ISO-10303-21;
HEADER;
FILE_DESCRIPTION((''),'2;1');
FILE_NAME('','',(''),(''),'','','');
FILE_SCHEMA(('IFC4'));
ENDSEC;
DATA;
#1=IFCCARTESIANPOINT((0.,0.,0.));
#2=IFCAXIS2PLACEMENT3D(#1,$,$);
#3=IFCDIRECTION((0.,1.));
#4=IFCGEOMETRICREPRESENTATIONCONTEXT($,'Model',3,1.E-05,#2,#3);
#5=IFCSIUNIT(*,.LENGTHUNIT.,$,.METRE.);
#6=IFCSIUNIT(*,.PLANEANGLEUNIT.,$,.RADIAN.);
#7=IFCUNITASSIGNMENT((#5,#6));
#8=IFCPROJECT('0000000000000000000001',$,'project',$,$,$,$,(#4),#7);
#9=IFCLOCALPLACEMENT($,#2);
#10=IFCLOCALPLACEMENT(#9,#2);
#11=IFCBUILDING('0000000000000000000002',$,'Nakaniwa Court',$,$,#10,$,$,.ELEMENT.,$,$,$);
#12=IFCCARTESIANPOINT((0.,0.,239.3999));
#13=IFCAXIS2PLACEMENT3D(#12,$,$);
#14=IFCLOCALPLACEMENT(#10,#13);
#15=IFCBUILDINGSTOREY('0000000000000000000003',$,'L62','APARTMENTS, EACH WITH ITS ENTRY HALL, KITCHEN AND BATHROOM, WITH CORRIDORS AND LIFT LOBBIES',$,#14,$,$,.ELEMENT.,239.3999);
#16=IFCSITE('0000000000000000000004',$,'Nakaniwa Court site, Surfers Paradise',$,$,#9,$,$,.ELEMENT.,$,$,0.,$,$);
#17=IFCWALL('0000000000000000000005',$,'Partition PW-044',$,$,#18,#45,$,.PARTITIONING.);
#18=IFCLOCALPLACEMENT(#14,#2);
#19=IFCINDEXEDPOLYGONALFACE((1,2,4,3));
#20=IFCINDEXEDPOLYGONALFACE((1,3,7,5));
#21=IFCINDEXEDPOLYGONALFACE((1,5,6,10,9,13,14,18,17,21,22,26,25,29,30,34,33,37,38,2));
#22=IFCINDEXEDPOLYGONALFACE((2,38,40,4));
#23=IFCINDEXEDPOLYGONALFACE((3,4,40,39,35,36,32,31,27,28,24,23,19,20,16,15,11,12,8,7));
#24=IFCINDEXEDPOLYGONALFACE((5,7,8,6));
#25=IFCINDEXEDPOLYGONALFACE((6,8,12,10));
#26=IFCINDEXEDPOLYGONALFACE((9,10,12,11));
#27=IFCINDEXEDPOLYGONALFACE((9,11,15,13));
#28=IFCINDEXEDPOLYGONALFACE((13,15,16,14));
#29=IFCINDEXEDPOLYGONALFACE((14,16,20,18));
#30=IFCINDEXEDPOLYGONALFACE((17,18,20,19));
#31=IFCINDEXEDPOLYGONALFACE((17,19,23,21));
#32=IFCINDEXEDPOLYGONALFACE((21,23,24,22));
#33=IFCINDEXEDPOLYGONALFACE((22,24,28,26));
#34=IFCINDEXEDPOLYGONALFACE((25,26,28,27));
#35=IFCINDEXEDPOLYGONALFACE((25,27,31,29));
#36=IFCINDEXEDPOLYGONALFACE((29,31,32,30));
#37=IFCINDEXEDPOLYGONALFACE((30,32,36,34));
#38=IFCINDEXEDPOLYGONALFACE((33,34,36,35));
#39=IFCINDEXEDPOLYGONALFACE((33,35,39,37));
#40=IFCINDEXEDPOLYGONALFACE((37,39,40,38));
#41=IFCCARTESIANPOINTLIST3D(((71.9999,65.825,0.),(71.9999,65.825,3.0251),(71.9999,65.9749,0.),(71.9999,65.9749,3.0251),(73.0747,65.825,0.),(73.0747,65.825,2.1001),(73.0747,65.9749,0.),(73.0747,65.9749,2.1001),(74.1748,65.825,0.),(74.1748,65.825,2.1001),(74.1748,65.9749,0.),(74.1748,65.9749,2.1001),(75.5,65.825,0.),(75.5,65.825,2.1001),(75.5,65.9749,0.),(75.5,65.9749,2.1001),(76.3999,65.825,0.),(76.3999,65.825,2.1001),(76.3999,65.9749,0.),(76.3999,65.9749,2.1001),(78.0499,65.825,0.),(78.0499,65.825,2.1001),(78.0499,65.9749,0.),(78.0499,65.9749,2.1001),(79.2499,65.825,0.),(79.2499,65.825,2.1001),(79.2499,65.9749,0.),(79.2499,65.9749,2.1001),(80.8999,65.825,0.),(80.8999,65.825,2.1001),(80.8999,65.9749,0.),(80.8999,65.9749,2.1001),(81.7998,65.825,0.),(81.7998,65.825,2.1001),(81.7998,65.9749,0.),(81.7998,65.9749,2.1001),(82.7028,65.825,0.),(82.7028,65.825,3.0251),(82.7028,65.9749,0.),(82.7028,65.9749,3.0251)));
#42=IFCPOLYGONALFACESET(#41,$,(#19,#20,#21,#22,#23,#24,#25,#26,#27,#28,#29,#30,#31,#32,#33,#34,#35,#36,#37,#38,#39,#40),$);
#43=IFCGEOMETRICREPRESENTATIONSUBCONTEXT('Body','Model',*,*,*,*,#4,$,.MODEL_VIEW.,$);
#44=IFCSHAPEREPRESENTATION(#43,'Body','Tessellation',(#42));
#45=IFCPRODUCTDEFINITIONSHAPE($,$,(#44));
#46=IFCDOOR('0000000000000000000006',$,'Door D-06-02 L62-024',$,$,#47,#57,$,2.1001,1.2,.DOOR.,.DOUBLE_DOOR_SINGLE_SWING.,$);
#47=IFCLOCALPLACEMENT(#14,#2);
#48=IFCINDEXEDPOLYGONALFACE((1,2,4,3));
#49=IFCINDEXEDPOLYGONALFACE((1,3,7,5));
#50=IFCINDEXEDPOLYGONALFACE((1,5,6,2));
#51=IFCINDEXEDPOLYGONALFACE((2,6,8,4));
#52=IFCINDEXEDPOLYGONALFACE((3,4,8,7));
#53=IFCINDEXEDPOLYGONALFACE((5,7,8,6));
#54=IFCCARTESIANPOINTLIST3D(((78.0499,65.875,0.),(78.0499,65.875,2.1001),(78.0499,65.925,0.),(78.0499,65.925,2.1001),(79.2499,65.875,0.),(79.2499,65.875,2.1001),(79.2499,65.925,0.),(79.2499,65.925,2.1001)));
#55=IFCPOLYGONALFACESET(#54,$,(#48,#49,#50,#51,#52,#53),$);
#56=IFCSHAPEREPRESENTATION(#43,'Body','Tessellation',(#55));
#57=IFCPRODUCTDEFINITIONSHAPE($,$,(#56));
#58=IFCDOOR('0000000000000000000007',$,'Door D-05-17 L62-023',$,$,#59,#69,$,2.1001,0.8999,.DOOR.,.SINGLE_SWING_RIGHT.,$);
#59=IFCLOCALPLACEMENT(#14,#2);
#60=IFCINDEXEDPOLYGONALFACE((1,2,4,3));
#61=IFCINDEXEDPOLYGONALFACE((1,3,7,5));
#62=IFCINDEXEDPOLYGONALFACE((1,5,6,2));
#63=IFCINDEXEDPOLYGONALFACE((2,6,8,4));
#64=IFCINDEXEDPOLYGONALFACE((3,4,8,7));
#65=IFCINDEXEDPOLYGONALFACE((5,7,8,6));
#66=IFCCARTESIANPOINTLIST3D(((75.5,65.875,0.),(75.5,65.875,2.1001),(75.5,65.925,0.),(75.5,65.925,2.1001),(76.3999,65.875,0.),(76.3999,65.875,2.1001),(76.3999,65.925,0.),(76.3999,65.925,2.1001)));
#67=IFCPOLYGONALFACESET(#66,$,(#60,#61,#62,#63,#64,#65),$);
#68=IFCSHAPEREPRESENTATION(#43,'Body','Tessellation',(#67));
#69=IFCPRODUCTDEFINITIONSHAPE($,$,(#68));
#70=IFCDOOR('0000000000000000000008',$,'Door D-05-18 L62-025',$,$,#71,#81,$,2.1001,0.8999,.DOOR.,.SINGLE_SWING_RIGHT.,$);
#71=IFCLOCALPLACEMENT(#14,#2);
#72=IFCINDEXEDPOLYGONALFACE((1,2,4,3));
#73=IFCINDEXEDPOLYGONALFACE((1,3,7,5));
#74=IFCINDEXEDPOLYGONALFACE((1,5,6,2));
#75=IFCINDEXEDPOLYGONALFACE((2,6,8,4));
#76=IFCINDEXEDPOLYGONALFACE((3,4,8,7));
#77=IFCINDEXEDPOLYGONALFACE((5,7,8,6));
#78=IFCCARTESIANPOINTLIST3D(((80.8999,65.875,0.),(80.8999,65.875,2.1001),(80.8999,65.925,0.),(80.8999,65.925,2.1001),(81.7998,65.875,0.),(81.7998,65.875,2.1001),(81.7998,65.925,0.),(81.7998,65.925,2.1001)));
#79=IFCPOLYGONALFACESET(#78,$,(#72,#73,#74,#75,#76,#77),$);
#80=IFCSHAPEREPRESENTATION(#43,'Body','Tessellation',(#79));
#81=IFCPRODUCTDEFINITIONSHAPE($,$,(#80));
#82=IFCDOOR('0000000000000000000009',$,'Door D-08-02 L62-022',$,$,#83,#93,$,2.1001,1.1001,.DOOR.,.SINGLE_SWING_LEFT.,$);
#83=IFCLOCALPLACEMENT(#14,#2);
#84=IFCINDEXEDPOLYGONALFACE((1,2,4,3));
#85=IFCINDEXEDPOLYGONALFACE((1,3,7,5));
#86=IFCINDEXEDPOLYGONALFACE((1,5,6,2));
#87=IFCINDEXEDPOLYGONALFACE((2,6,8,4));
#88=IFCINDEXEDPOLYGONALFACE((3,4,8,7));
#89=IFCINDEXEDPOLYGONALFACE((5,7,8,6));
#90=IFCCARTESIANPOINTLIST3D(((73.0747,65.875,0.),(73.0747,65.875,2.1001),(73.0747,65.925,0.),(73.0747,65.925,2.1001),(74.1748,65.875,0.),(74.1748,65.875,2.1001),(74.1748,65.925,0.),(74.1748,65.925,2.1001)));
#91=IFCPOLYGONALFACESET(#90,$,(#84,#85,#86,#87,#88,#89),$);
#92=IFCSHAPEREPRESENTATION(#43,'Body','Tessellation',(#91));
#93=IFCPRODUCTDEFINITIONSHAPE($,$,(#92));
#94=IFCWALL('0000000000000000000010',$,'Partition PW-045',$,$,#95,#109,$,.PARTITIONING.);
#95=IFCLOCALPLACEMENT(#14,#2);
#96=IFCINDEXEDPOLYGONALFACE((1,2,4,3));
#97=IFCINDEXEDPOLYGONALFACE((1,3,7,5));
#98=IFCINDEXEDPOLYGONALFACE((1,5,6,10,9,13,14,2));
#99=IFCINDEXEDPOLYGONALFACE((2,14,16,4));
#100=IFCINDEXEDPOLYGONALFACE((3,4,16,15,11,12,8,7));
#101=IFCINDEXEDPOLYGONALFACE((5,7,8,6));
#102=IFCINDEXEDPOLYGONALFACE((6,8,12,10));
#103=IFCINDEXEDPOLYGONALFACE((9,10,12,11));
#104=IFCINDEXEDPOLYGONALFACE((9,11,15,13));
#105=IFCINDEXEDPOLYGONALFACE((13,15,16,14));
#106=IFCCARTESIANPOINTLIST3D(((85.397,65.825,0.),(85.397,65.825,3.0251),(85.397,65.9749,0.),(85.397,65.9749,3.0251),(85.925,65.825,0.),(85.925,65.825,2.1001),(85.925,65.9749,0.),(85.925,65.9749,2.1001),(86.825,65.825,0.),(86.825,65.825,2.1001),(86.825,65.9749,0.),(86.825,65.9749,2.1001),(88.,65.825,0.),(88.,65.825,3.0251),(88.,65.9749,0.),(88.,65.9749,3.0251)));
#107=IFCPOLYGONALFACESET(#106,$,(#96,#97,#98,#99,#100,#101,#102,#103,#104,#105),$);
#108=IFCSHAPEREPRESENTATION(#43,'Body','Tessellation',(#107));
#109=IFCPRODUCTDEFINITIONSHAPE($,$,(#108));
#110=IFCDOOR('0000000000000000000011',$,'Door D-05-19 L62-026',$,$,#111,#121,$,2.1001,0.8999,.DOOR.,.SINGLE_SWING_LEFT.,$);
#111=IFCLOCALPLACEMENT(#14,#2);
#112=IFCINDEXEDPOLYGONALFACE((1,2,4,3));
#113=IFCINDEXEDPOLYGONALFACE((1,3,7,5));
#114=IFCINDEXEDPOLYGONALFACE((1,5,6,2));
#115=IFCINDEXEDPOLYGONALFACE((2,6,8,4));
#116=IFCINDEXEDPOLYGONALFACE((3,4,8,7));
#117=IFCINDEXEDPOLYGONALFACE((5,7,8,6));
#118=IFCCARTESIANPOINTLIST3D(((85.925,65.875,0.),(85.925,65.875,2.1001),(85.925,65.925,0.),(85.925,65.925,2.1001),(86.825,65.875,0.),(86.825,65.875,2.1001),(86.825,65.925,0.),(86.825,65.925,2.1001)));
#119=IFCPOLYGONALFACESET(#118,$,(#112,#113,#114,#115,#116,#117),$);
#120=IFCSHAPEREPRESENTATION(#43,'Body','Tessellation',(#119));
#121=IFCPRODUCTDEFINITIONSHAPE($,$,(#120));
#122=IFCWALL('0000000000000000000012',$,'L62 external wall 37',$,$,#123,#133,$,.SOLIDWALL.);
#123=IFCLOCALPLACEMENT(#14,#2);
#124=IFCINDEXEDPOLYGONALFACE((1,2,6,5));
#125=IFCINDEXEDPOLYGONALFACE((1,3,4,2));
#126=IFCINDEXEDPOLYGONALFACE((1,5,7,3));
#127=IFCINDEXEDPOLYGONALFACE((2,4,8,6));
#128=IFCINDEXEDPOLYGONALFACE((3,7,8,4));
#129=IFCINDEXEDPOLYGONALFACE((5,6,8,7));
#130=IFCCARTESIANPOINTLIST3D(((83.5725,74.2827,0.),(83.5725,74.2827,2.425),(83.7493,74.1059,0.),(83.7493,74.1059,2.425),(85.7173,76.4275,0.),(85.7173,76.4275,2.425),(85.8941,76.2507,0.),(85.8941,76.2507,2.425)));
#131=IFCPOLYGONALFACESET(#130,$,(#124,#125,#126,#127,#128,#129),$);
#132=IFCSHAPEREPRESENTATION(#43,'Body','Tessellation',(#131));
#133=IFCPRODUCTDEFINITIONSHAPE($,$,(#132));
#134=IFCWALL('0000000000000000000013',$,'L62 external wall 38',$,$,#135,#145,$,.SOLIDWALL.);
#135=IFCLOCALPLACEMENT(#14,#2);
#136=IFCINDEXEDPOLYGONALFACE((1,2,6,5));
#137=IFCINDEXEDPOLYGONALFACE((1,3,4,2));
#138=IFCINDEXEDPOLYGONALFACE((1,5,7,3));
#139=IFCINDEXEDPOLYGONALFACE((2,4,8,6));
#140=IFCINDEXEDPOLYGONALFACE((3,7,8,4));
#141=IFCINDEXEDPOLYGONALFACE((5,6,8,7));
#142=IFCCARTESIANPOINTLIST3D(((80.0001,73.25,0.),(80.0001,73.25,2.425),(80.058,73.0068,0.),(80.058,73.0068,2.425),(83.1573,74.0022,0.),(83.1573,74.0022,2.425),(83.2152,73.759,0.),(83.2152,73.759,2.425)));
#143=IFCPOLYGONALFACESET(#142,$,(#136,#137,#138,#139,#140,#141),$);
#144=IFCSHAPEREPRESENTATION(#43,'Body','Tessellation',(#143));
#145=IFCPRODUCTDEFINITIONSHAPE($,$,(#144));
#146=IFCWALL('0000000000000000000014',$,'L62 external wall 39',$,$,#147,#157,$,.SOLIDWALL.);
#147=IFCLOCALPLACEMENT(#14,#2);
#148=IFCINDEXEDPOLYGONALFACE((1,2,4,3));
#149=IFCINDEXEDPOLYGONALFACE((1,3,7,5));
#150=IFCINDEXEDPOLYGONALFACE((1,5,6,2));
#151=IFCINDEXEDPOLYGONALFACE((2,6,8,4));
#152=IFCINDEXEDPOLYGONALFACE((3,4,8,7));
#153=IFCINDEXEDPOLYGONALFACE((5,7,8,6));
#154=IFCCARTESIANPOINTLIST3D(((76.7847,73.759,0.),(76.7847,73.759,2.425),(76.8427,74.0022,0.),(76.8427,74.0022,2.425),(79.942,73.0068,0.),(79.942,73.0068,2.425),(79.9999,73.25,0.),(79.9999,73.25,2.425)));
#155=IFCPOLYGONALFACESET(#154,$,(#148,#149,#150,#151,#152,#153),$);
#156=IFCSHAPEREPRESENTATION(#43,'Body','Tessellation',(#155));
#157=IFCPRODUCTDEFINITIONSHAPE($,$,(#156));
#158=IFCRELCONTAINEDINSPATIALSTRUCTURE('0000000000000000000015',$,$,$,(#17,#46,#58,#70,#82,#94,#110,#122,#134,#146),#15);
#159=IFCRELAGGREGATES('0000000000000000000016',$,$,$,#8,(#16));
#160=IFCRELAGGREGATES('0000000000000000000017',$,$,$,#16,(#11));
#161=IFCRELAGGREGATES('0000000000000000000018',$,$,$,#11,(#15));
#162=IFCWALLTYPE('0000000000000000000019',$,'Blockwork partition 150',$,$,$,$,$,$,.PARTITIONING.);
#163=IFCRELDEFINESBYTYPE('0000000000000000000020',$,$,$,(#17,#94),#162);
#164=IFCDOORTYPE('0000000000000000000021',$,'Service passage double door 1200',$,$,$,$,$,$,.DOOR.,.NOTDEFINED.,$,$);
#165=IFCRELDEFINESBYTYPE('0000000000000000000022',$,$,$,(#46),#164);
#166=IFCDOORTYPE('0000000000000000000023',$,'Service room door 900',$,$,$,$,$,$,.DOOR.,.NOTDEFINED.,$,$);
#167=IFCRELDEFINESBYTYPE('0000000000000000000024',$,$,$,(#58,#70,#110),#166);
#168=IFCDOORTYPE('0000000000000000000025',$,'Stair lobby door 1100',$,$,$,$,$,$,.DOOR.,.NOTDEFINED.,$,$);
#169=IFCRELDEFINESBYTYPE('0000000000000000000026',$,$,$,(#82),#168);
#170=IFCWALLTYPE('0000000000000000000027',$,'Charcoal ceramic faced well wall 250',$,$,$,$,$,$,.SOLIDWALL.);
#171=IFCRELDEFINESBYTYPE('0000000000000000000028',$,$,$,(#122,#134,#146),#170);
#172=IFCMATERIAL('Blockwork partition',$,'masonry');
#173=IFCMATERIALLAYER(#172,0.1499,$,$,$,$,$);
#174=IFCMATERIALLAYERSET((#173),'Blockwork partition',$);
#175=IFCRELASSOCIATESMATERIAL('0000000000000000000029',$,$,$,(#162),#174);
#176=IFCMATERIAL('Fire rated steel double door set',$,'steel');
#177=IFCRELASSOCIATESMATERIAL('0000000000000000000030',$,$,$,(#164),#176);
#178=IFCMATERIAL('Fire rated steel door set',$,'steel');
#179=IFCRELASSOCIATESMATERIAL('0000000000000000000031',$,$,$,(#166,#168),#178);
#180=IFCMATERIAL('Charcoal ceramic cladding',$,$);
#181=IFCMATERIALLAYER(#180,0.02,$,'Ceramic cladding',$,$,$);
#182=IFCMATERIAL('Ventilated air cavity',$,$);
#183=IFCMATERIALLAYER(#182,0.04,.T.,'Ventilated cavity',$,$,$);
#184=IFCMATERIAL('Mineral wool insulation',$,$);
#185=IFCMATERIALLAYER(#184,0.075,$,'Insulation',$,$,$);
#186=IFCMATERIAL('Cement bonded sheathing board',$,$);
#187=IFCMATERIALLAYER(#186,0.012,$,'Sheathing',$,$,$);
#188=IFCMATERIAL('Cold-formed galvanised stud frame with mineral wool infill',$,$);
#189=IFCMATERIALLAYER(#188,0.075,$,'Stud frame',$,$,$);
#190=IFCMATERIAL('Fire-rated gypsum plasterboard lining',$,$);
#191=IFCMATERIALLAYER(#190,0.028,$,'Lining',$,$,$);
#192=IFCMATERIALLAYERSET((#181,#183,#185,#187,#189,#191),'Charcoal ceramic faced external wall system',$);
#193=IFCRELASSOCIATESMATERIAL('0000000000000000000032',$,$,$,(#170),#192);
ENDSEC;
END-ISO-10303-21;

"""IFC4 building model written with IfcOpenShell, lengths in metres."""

from ifc_helpers import new_model, si_unit, direction, frame, frame_2d, origin, place, context, subcontext, project, spatial, rectangle, extrude, material, layer, layer_set, type_object, element, fill, save


model = new_model("IFC4")

# Units and contexts
model_context = context("Model", 3, precision=1e-05, world=origin(), true_north=direction((0.0, 1.0)))
body_context = subcontext(model_context, "Body", "Model", "MODEL_VIEW")
ifc_project = project(units=[si_unit("LENGTHUNIT", "METRE"), si_unit("PLANEANGLEUNIT", "RADIAN")], contexts=[model_context])

# Site, building, storey
site_placement = place(None, origin())
site = spatial("IfcSite", under=ifc_project, at=site_placement, Name="Nakaniwa Court site, Surfers Paradise", CompositionType="ELEMENT", RefElevation=0.0)
building_placement = place(site_placement, origin())
building = spatial("IfcBuilding", under=site, at=building_placement, Name="Nakaniwa Court", CompositionType="ELEMENT")
storey_placement = place(building_placement, frame((0.0, 0.0, 239.3999)))
storey = spatial("IfcBuildingStorey", under=building, at=storey_placement, Name="L62", Description="APARTMENTS, EACH WITH ITS ENTRY HALL, KITCHEN AND BATHROOM, WITH CORRIDORS AND LIFT LOBBIES", CompositionType="ELEMENT", Elevation=239.3999)

# Shared definitions
ifc_material_1 = material(Name="Blockwork partition", Category="masonry")
ifc_layer_1 = layer(ifc_material_1, 0.1499)
ifc_layer_set_1 = layer_set([ifc_layer_1], Name="Blockwork partition")
wall_type_1 = type_object("IfcWallType", Name="Blockwork partition 150", PredefinedType="PARTITIONING", material=ifc_layer_set_1)

# Wall, openings, doors
wall_1_placement = place(storey_placement, frame((82.7029, 65.8999, 0.0), z_axis=(0.0, 0.0, 1.0), x_axis=(-1.0, 0.0, 0.0)))
wall_1 = element("IfcWall", 1, at=wall_1_placement, inside=storey, type_object=wall_type_1, Name="Partition PW-044", PredefinedType="PARTITIONING", context=body_context, shape_type="SweptSolid", body=[
    extrude(rectangle(XDim=10.7029, YDim=0.1499, at=frame_2d((5.3516, 0.0))), origin(), (0.0, 0.0, 1.0), 3.0251),
])
opening_1_placement = place(wall_1_placement, frame((8.5281, 0.0, 0.0)))
opening_1 = element("IfcOpeningElement", 2, at=opening_1_placement, cuts=wall_1, PredefinedType="OPENING", context=body_context, shape_type="SweptSolid", body=[
    extrude(rectangle(XDim=1.1001, YDim=2.1001, at=frame_2d((0.55, 1.05))), frame((0.0, 0.085, 0.0), z_axis=(0.0, -1.0, 0.0), x_axis=(1.0, 0.0, 0.0)), (0.0, 0.0, 1.0), 0.1699),
])
opening_2_placement = place(wall_1_placement, frame((6.303, 0.0, 0.0)))
opening_2 = element("IfcOpeningElement", 3, at=opening_2_placement, cuts=wall_1, PredefinedType="OPENING", context=body_context, shape_type="SweptSolid", body=[
    extrude(rectangle(XDim=0.8999, YDim=2.1001, at=frame_2d((0.45, 1.05))), frame((0.0, 0.085, 0.0), z_axis=(0.0, -1.0, 0.0), x_axis=(1.0, 0.0, 0.0)), (0.0, 0.0, 1.0), 0.1699),
])
opening_3_placement = place(wall_1_placement, frame((3.4529, 0.0, 0.0)))
opening_3 = element("IfcOpeningElement", 4, at=opening_3_placement, cuts=wall_1, PredefinedType="OPENING", context=body_context, shape_type="SweptSolid", body=[
    extrude(rectangle(XDim=1.2, YDim=2.1001, at=frame_2d((0.6001, 1.05))), frame((0.0, 0.085, 0.0), z_axis=(0.0, -1.0, 0.0), x_axis=(1.0, 0.0, 0.0)), (0.0, 0.0, 1.0), 0.1699),
])
opening_4_placement = place(wall_1_placement, frame((0.9031, 0.0, 0.0)))
opening_4 = element("IfcOpeningElement", 5, at=opening_4_placement, cuts=wall_1, PredefinedType="OPENING", context=body_context, shape_type="SweptSolid", body=[
    extrude(rectangle(XDim=0.8999, YDim=2.1001, at=frame_2d((0.45, 1.05))), frame((0.0, 0.085, 0.0), z_axis=(0.0, -1.0, 0.0), x_axis=(1.0, 0.0, 0.0)), (0.0, 0.0, 1.0), 0.1699),
])
ifc_material_2 = material(Name="Fire rated steel double door set", Category="steel")
door_type_1 = type_object("IfcDoorType", Name="Service passage double door 1200", OperationType="NOTDEFINED", PredefinedType="DOOR", material=ifc_material_2)
door_1_placement = place(opening_3_placement, origin())
door_1 = element("IfcDoor", 6, at=door_1_placement, inside=storey, type_object=door_type_1, Name="Door D-06-02 L62-024", OperationType="DOUBLE_DOOR_SINGLE_SWING", OverallHeight=2.1001, OverallWidth=1.2, PredefinedType="DOOR", context=body_context, shape_type="SweptSolid", body=[
    extrude(rectangle(XDim=1.2, YDim=2.1001, at=frame_2d((0.6001, 1.05))), frame((0.0, 0.0249, 0.0), z_axis=(0.0, -1.0, 0.0), x_axis=(1.0, 0.0, 0.0)), (0.0, 0.0, 1.0), 0.05),
])
fill(opening_3, door_1)
ifc_material_3 = material(Name="Fire rated steel door set", Category="steel")
door_type_2 = type_object("IfcDoorType", Name="Service room door 900", OperationType="NOTDEFINED", PredefinedType="DOOR", material=ifc_material_3)
door_2_placement = place(opening_2_placement, origin())
door_2 = element("IfcDoor", 7, at=door_2_placement, inside=storey, type_object=door_type_2, Name="Door D-05-17 L62-023", OperationType="SINGLE_SWING_RIGHT", OverallHeight=2.1001, OverallWidth=0.8999, PredefinedType="DOOR", context=body_context, shape_type="SweptSolid", body=[
    extrude(rectangle(XDim=0.8999, YDim=2.1001, at=frame_2d((0.45, 1.05))), frame((0.0, 0.0249, 0.0), z_axis=(0.0, -1.0, 0.0), x_axis=(1.0, 0.0, 0.0)), (0.0, 0.0, 1.0), 0.05),
])
fill(opening_2, door_2)
door_3_placement = place(opening_4_placement, origin())
door_3 = element("IfcDoor", 8, at=door_3_placement, inside=storey, type_object=door_type_2, Name="Door D-05-18 L62-025", OperationType="SINGLE_SWING_RIGHT", OverallHeight=2.1001, OverallWidth=0.8999, PredefinedType="DOOR", context=body_context, shape_type="SweptSolid", body=[
    extrude(rectangle(XDim=0.8999, YDim=2.1001, at=frame_2d((0.45, 1.05))), frame((0.0, 0.0249, 0.0), z_axis=(0.0, -1.0, 0.0), x_axis=(1.0, 0.0, 0.0)), (0.0, 0.0, 1.0), 0.05),
])
fill(opening_4, door_3)
door_type_3 = type_object("IfcDoorType", Name="Stair lobby door 1100", OperationType="NOTDEFINED", PredefinedType="DOOR", material=ifc_material_3)
door_4_placement = place(opening_1_placement, origin())
door_4 = element("IfcDoor", 9, at=door_4_placement, inside=storey, type_object=door_type_3, Name="Door D-08-02 L62-022", OperationType="SINGLE_SWING_LEFT", OverallHeight=2.1001, OverallWidth=1.1001, PredefinedType="DOOR", context=body_context, shape_type="SweptSolid", body=[
    extrude(rectangle(XDim=1.1001, YDim=2.1001, at=frame_2d((0.55, 1.05))), frame((0.0, 0.0249, 0.0), z_axis=(0.0, -1.0, 0.0), x_axis=(1.0, 0.0, 0.0)), (0.0, 0.0, 1.0), 0.05),
])
fill(opening_1, door_4)

# Wall, opening, door
wall_2_placement = place(storey_placement, frame((88.0, 65.8999, 0.0), z_axis=(0.0, 0.0, 1.0), x_axis=(-1.0, 0.0, 0.0)))
wall_2 = element("IfcWall", 10, at=wall_2_placement, inside=storey, type_object=wall_type_1, Name="Partition PW-045", PredefinedType="PARTITIONING", context=body_context, shape_type="SweptSolid", body=[
    extrude(rectangle(XDim=2.603, YDim=0.1499, at=frame_2d((1.3015, 0.0))), origin(), (0.0, 0.0, 1.0), 3.0251),
])
opening_5_placement = place(wall_2_placement, frame((1.175, 0.0, 0.0)))
opening_5 = element("IfcOpeningElement", 11, at=opening_5_placement, cuts=wall_2, PredefinedType="OPENING", context=body_context, shape_type="SweptSolid", body=[
    extrude(rectangle(XDim=0.8999, YDim=2.1001, at=frame_2d((0.45, 1.05))), frame((0.0, 0.085, 0.0), z_axis=(0.0, -1.0, 0.0), x_axis=(1.0, 0.0, 0.0)), (0.0, 0.0, 1.0), 0.1699),
])
door_5_placement = place(opening_5_placement, origin())
door_5 = element("IfcDoor", 12, at=door_5_placement, inside=storey, type_object=door_type_2, Name="Door D-05-19 L62-026", OperationType="SINGLE_SWING_LEFT", OverallHeight=2.1001, OverallWidth=0.8999, PredefinedType="DOOR", context=body_context, shape_type="SweptSolid", body=[
    extrude(rectangle(XDim=0.8999, YDim=2.1001, at=frame_2d((0.45, 1.05))), frame((0.0, 0.0249, 0.0), z_axis=(0.0, -1.0, 0.0), x_axis=(1.0, 0.0, 0.0)), (0.0, 0.0, 1.0), 0.05),
])
fill(opening_5, door_5)

# Walls
ifc_material_4 = material(Name="Charcoal ceramic cladding")
ifc_layer_2 = layer(ifc_material_4, 0.02, Name="Ceramic cladding")
ifc_material_5 = material(Name="Ventilated air cavity")
ifc_layer_3 = layer(ifc_material_5, 0.04, ventilated=True, Name="Ventilated cavity")
ifc_material_6 = material(Name="Mineral wool insulation")
ifc_layer_4 = layer(ifc_material_6, 0.075, Name="Insulation")
ifc_material_7 = material(Name="Cement bonded sheathing board")
ifc_layer_5 = layer(ifc_material_7, 0.012, Name="Sheathing")
ifc_material_8 = material(Name="Cold-formed galvanised stud frame with mineral wool infill")
ifc_layer_6 = layer(ifc_material_8, 0.075, Name="Stud frame")
ifc_material_9 = material(Name="Fire-rated gypsum plasterboard lining")
ifc_layer_7 = layer(ifc_material_9, 0.028, Name="Lining")
ifc_layer_set_2 = layer_set([ifc_layer_2, ifc_layer_3, ifc_layer_4, ifc_layer_5, ifc_layer_6, ifc_layer_7], Name="Charcoal ceramic faced external wall system")
wall_type_2 = type_object("IfcWallType", Name="Charcoal ceramic faced well wall 250", PredefinedType="SOLIDWALL", material=ifc_layer_set_2)
wall_3_placement = place(storey_placement, frame((85.8057, 76.3391, 0.0), z_axis=(0.0, 0.0, 1.0), x_axis=(-0.707107, -0.707107, 0.0)))
element("IfcWall", 13, at=wall_3_placement, inside=storey, type_object=wall_type_2, Name="L62 external wall 37", PredefinedType="SOLIDWALL", context=body_context, shape_type="SweptSolid", body=[
    extrude(rectangle(XDim=3.0332, YDim=0.25, at=frame_2d((1.5166, 0.0))), origin(), (0.0, 0.0, 1.0), 2.425),
])
for number, where, z_axis, x_axis, name in (
    (14, (83.1863, 73.8806, 0.0), (0.0, 0.0, 1.0), (-0.972773, -0.23176, 0.0), "L62 external wall 38"),
    (15, (79.9709, 73.1284, 0.0), (0.0, 0.0, 1.0), (-0.972773, 0.23176, 0.0), "L62 external wall 39"),
):
    element("IfcWall", number, at=place(storey_placement, frame(where, z_axis=z_axis, x_axis=x_axis)), inside=storey, type_object=wall_type_2, Name=name, PredefinedType="SOLIDWALL", context=body_context, shape_type="SweptSolid", body=[
        extrude(rectangle(XDim=3.2456, YDim=0.25, at=frame_2d((1.6228, 0.0))), origin(), (0.0, 0.0, 1.0), 2.425),
    ])

save(model, "model.ifc")
